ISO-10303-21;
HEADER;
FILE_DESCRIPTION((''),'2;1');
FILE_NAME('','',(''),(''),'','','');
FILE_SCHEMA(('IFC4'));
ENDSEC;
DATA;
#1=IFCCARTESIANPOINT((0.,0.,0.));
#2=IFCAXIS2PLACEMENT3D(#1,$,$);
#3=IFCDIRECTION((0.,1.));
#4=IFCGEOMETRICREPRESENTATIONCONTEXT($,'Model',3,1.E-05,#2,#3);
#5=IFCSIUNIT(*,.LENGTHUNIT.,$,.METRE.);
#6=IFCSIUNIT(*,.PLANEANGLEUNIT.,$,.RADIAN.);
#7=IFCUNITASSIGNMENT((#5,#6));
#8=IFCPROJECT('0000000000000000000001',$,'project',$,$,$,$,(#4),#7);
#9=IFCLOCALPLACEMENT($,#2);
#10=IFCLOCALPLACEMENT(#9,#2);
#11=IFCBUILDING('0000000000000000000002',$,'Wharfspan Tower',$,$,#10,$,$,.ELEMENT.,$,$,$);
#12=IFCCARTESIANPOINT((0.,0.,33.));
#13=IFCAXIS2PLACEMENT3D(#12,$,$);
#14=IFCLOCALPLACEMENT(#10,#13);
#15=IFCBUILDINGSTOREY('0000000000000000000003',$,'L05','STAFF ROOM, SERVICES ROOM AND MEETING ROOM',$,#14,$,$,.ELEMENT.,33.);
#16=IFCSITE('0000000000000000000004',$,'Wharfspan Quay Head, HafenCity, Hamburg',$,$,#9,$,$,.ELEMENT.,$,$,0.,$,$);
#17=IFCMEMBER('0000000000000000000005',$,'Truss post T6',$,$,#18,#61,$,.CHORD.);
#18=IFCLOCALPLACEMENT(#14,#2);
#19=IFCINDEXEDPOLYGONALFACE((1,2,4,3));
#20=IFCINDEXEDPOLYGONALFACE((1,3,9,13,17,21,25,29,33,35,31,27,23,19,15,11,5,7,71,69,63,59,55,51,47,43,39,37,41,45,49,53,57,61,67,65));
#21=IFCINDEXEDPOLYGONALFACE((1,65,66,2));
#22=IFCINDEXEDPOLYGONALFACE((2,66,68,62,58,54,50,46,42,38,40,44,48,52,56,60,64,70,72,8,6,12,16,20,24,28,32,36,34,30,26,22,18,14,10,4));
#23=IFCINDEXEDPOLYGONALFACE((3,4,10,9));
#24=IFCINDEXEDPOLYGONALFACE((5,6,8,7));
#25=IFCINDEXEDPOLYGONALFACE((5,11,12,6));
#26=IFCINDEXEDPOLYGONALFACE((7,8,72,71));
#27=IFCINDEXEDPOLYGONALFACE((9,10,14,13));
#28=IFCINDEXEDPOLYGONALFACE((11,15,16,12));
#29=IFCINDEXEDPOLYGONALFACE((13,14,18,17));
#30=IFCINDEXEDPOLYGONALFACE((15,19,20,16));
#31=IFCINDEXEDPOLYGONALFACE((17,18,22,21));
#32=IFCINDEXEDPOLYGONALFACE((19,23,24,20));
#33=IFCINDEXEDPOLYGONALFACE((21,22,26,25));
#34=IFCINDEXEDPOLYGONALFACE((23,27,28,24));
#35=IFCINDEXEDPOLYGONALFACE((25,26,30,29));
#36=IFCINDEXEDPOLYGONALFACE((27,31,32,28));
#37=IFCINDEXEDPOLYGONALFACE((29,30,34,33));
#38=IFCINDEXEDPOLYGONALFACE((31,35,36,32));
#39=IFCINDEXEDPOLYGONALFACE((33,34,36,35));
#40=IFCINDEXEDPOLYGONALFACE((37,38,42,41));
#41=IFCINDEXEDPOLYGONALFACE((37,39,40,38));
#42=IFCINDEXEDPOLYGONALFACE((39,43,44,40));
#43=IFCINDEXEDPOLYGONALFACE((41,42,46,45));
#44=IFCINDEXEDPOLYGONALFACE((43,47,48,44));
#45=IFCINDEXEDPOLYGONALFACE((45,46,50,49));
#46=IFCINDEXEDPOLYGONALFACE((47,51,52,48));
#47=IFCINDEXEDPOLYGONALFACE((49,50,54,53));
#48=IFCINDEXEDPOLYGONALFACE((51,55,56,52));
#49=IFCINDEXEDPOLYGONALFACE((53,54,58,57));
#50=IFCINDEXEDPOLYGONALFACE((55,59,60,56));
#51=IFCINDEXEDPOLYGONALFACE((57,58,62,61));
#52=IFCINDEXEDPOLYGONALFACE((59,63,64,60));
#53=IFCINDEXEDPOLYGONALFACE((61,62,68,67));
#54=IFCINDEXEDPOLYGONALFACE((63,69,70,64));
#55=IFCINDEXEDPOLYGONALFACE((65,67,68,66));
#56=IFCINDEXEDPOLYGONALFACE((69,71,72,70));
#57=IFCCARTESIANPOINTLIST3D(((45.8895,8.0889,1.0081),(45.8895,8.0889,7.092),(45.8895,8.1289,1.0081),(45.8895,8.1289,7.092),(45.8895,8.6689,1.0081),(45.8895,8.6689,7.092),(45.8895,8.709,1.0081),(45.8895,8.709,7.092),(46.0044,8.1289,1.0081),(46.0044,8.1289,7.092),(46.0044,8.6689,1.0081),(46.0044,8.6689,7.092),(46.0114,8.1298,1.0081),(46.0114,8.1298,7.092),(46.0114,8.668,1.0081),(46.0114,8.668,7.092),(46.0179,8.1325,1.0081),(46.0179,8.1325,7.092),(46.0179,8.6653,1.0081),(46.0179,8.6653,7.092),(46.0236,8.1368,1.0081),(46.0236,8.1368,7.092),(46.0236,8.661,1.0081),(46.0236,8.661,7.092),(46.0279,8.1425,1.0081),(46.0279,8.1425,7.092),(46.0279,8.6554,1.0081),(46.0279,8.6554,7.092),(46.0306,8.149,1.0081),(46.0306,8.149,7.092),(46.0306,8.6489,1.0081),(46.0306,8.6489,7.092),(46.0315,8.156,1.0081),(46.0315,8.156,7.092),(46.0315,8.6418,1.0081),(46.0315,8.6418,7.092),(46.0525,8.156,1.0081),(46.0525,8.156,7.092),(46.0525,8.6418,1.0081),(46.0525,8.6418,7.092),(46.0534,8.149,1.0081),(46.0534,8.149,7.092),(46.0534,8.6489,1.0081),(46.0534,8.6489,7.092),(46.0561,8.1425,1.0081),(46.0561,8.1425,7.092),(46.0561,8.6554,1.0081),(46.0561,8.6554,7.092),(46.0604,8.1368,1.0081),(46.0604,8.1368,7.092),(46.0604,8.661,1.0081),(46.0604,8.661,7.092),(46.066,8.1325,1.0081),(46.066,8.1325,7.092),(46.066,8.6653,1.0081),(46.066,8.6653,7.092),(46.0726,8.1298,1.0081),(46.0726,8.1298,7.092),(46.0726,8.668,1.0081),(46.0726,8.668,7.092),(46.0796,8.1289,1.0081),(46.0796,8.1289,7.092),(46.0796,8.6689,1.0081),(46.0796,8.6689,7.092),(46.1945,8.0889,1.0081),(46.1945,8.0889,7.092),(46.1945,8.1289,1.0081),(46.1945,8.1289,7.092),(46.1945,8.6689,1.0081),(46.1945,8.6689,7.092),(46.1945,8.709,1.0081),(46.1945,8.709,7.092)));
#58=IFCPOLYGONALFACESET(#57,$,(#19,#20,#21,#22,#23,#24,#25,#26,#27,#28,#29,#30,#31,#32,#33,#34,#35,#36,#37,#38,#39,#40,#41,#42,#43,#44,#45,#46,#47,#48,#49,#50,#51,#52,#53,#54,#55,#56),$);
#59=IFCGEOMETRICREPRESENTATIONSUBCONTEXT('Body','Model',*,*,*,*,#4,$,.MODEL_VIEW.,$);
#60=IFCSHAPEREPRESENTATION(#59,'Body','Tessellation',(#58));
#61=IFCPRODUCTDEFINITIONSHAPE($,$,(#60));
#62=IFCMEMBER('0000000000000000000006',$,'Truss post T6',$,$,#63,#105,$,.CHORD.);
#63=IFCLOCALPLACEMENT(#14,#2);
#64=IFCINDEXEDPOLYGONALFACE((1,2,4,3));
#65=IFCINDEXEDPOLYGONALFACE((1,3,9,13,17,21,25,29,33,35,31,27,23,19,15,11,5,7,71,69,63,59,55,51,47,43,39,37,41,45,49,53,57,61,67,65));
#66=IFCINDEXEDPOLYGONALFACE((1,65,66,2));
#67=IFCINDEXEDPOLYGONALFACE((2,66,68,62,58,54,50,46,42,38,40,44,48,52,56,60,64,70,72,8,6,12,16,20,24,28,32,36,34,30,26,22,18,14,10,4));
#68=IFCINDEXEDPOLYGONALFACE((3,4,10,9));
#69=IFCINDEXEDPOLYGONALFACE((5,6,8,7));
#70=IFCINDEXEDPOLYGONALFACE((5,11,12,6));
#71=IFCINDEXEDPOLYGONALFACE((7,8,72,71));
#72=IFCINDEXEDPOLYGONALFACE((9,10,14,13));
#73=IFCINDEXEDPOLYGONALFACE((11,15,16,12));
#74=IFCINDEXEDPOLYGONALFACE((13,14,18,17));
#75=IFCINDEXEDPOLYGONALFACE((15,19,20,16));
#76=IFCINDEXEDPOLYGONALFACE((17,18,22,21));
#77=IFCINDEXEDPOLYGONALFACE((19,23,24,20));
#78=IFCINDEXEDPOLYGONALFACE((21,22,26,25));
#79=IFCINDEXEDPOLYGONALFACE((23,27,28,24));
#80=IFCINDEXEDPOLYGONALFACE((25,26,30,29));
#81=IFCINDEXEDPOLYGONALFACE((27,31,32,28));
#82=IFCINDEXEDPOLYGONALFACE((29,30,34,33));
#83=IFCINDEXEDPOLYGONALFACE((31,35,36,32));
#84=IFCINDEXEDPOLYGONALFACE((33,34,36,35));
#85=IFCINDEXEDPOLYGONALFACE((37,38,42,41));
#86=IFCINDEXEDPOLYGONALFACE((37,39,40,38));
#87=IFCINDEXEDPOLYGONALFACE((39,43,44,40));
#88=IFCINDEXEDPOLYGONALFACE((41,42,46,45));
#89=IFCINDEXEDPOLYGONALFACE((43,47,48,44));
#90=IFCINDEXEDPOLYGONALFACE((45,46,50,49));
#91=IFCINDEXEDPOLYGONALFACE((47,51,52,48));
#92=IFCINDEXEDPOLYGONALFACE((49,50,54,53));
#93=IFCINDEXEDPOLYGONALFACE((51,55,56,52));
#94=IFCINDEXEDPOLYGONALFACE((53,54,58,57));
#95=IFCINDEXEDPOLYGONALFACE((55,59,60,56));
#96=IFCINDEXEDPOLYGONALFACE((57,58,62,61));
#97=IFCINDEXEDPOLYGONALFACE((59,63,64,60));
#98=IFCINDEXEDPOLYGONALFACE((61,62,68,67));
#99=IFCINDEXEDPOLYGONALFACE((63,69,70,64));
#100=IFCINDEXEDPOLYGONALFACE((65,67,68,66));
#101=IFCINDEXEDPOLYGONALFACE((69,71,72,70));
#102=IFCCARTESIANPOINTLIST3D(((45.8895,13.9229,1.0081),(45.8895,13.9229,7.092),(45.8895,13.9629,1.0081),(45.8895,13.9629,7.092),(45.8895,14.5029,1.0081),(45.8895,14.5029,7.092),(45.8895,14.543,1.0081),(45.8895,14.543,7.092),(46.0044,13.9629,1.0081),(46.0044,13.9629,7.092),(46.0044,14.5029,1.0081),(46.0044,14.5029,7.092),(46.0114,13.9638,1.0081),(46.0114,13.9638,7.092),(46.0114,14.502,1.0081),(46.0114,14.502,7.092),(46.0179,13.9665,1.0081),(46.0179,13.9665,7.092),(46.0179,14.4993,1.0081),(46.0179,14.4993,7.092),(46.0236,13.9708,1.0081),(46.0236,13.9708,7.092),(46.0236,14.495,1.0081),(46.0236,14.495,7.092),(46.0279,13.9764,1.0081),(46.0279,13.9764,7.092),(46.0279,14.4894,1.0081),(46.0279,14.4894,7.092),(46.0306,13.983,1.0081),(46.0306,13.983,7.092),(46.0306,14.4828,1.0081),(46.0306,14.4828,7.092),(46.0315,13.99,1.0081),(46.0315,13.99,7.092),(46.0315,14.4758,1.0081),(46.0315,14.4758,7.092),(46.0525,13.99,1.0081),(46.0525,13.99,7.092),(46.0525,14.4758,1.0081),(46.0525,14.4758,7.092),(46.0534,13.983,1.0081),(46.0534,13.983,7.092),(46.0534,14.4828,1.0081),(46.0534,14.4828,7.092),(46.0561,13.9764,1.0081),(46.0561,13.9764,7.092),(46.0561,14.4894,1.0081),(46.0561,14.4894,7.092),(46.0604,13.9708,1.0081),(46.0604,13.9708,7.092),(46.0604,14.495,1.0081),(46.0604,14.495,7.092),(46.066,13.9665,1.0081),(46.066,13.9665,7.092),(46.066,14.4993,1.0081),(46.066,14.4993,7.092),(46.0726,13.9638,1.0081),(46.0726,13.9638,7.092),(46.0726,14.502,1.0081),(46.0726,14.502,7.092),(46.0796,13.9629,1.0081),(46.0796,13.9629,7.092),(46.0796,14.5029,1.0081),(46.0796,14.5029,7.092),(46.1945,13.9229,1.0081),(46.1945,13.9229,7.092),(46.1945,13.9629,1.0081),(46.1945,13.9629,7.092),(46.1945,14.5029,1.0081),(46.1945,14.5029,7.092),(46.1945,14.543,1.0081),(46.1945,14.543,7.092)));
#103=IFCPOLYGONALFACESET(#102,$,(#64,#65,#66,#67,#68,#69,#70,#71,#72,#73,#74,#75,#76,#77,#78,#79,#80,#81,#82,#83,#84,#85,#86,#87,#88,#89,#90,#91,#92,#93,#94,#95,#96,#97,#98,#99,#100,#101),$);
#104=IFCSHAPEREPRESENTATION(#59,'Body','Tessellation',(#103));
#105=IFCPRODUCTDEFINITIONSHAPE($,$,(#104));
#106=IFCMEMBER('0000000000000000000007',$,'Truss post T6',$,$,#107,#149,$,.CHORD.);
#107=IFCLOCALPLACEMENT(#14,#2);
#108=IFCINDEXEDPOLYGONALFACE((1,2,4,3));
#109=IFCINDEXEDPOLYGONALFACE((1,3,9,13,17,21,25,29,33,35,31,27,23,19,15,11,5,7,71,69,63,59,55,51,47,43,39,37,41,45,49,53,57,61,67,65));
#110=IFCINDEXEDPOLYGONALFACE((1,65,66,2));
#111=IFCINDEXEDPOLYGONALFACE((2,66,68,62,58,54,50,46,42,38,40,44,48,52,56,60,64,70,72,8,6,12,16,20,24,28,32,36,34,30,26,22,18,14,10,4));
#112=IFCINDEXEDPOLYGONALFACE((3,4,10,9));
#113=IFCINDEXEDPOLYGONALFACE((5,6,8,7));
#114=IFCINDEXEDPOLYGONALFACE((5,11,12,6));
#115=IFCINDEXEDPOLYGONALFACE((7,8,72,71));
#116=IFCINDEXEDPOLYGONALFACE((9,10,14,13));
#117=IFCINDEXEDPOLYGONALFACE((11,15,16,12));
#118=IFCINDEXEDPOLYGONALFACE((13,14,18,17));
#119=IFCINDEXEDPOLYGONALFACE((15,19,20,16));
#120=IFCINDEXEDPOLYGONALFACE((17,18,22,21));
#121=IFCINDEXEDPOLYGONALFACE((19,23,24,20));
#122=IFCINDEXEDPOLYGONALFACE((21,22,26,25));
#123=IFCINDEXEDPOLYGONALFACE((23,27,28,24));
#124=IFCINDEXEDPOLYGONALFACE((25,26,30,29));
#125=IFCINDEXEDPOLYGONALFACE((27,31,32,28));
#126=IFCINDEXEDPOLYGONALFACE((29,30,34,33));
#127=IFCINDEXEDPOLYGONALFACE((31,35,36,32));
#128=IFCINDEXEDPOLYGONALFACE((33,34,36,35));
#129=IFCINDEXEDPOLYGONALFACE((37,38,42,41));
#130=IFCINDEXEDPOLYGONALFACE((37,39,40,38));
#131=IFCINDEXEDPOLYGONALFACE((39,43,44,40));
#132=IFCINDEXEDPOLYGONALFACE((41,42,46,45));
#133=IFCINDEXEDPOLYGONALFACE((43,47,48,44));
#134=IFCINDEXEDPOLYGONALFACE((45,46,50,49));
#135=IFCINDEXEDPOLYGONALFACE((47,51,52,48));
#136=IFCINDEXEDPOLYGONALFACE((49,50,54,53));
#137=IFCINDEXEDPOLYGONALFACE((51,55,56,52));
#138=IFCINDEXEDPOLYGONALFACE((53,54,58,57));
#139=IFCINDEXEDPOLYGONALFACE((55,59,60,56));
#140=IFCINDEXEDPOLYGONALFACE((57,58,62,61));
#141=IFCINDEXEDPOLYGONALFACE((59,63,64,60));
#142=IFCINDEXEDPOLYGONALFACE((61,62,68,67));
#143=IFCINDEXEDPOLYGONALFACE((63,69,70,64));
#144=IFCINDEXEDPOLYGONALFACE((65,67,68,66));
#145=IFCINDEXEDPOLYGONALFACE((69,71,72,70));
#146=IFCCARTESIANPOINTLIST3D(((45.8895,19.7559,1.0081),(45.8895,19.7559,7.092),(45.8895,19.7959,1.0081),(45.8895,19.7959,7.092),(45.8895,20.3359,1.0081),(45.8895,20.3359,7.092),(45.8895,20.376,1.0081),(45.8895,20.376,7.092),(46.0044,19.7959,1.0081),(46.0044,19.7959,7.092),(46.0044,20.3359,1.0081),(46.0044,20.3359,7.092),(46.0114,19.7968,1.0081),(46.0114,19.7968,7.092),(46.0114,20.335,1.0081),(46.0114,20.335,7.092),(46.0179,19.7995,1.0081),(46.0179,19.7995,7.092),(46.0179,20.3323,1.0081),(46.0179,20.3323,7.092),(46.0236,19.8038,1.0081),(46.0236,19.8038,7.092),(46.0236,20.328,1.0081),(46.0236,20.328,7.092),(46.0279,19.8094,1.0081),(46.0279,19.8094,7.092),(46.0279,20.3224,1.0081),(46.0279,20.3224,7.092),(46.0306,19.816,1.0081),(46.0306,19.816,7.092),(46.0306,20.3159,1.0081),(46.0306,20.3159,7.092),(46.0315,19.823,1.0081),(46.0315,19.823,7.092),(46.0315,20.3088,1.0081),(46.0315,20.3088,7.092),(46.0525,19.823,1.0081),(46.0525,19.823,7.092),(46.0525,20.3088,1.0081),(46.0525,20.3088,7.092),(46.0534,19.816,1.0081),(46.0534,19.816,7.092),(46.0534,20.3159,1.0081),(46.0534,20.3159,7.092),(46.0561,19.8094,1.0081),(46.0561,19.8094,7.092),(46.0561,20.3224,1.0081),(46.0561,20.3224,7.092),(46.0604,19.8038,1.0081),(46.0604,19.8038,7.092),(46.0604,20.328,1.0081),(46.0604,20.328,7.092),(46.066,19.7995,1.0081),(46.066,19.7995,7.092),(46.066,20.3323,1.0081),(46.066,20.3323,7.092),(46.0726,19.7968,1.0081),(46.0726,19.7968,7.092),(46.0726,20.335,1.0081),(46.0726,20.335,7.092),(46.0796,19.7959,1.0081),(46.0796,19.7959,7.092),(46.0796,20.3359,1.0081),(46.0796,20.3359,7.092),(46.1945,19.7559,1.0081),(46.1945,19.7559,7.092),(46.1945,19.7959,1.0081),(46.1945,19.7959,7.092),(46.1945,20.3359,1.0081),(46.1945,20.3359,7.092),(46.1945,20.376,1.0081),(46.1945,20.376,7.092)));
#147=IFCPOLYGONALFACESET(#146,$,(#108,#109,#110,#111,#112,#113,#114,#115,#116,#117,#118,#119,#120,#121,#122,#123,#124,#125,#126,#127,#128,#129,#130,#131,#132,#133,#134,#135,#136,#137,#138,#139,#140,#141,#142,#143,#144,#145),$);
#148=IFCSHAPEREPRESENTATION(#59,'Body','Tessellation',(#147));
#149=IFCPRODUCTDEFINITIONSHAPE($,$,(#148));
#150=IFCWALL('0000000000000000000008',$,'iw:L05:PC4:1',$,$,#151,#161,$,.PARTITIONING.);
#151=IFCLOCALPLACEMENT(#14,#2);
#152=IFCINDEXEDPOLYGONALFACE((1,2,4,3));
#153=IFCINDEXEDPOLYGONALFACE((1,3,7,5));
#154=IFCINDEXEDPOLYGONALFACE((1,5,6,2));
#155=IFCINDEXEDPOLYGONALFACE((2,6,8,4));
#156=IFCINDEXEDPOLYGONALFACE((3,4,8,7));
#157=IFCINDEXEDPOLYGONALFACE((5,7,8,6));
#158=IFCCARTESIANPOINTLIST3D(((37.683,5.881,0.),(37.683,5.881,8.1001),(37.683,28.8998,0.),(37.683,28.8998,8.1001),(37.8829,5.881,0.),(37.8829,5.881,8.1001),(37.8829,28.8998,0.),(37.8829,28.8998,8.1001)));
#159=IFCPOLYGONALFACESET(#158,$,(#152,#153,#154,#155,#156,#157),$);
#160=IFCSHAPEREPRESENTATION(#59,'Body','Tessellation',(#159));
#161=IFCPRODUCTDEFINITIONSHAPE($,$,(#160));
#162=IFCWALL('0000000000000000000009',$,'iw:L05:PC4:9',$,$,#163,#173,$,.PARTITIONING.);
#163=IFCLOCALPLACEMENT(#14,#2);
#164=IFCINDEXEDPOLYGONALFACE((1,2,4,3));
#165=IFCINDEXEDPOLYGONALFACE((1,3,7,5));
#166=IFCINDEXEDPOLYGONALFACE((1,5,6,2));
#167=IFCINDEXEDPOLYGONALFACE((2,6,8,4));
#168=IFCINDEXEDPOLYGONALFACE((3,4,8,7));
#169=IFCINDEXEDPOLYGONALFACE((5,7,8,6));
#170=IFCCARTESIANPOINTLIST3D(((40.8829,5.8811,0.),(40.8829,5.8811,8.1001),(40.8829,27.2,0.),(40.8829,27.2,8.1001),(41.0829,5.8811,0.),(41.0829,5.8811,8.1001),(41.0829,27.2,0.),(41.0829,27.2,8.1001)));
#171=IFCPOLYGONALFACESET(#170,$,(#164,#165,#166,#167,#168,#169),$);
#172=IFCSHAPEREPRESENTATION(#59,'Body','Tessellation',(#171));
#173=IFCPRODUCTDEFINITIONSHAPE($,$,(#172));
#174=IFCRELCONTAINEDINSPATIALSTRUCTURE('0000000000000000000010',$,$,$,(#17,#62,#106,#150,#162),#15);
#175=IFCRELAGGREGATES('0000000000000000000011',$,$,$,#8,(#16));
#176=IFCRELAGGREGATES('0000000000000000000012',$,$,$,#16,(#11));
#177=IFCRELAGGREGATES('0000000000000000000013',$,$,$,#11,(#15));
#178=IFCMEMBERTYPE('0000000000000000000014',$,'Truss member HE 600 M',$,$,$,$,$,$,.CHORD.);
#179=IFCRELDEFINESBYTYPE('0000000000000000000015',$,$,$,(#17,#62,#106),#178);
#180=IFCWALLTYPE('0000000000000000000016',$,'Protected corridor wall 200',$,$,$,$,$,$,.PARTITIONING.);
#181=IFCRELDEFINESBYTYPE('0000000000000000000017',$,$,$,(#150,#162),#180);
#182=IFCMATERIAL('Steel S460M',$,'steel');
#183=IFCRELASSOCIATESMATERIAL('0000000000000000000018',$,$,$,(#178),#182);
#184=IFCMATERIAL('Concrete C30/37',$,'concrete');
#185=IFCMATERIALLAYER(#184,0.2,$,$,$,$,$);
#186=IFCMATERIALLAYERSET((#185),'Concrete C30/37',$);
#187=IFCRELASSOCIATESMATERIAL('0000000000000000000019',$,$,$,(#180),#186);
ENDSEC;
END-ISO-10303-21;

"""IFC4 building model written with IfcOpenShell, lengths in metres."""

from ifc_helpers import new_model, si_unit, direction, frame, frame_2d, origin, origin_2d, place, context, subcontext, project, spatial, rectangle, i_section, extrude, material, layer, layer_set, material_profile, profile_set, type_object, element, save


model = new_model("IFC4")

# Units and contexts
model_context = context("Model", 3, precision=1e-05, world=origin(), true_north=direction((0.0, 1.0)))
body_context = subcontext(model_context, "Body", "Model", "MODEL_VIEW")
ifc_project = project(units=[si_unit("LENGTHUNIT", "METRE"), si_unit("PLANEANGLEUNIT", "RADIAN")], contexts=[model_context])

# Site, building, storey
site_placement = place(None, origin())
site = spatial("IfcSite", under=ifc_project, at=site_placement, Name="Wharfspan Quay Head, HafenCity, Hamburg", CompositionType="ELEMENT", RefElevation=0.0)
building_placement = place(site_placement, origin())
building = spatial("IfcBuilding", under=site, at=building_placement, Name="Wharfspan Tower", CompositionType="ELEMENT")
storey_placement = place(building_placement, frame((0.0, 0.0, 33.0)))
storey = spatial("IfcBuildingStorey", under=building, at=storey_placement, Name="L05", Description="STAFF ROOM, SERVICES ROOM AND MEETING ROOM", CompositionType="ELEMENT", Elevation=33.0)

# Shared definitions
ifc_material_1 = material(Name="Steel S460M", Category="steel")

# Members
ifc_material_profile_1 = material_profile(ifc_material_1, i_section(OverallWidth=0.3049, OverallDepth=0.6201, WebThickness=0.021, FlangeThickness=0.04, FilletRadius=0.0271, at=origin_2d()))
ifc_profile_set_1 = profile_set([ifc_material_profile_1], Name="Steel S460M")
member_type_1 = type_object("IfcMemberType", Name="Truss member HE 600 M", PredefinedType="CHORD", material=ifc_profile_set_1)
for number, where, z_axis, x_axis, name in (
    (1, (46.042, 8.3989, 1.0081), (0.0, 0.0, 1.0), (1.0, 0.0, 0.0), "Truss post T6"),
    (2, (46.042, 14.2329, 1.0081), (0.0, 0.0, 1.0), (1.0, 0.0, 0.0), "Truss post T6"),
    (3, (46.042, 20.0659, 1.0081), (0.0, 0.0, 1.0), (1.0, 0.0, 0.0), "Truss post T6"),
):
    element("IfcMember", number, at=place(storey_placement, frame(where, z_axis=z_axis, x_axis=x_axis)), inside=storey, type_object=member_type_1, Name=name, PredefinedType="CHORD", context=body_context, shape_type="SweptSolid", body=[
        extrude(i_section(OverallWidth=0.3049, OverallDepth=0.6201, WebThickness=0.021, FlangeThickness=0.04, FilletRadius=0.0271, at=origin_2d()), origin(), (0.0, 0.0, 1.0), 6.084),
    ])

# Walls
ifc_material_2 = material(Name="Concrete C30/37", Category="concrete")
ifc_layer_1 = layer(ifc_material_2, 0.2)
ifc_layer_set_1 = layer_set([ifc_layer_1], Name="Concrete C30/37")
wall_type_1 = type_object("IfcWallType", Name="Protected corridor wall 200", PredefinedType="PARTITIONING", material=ifc_layer_set_1)
wall_1_placement = place(storey_placement, frame((37.783, 5.8811, 0.0), z_axis=(0.0, 0.0, 1.0), x_axis=(0.0, 1.0, 0.0)))
element("IfcWall", 4, at=wall_1_placement, inside=storey, type_object=wall_type_1, Name="iw:L05:PC4:1", PredefinedType="PARTITIONING", context=body_context, shape_type="SweptSolid", body=[
    extrude(rectangle(XDim=23.0188, YDim=0.2, at=frame_2d((11.5093, 0.0))), origin(), (0.0, 0.0, 1.0), 8.1001),
])
wall_2_placement = place(storey_placement, frame((40.9829, 5.8811, 0.0), z_axis=(0.0, 0.0, 1.0), x_axis=(0.0, 1.0, 0.0)))
element("IfcWall", 5, at=wall_2_placement, inside=storey, type_object=wall_type_1, Name="iw:L05:PC4:9", PredefinedType="PARTITIONING", context=body_context, shape_type="SweptSolid", body=[
    extrude(rectangle(XDim=21.3188, YDim=0.2, at=frame_2d((10.6594, 0.0))), origin(), (0.0, 0.0, 1.0), 8.1001),
])

save(model, "model.ifc")
